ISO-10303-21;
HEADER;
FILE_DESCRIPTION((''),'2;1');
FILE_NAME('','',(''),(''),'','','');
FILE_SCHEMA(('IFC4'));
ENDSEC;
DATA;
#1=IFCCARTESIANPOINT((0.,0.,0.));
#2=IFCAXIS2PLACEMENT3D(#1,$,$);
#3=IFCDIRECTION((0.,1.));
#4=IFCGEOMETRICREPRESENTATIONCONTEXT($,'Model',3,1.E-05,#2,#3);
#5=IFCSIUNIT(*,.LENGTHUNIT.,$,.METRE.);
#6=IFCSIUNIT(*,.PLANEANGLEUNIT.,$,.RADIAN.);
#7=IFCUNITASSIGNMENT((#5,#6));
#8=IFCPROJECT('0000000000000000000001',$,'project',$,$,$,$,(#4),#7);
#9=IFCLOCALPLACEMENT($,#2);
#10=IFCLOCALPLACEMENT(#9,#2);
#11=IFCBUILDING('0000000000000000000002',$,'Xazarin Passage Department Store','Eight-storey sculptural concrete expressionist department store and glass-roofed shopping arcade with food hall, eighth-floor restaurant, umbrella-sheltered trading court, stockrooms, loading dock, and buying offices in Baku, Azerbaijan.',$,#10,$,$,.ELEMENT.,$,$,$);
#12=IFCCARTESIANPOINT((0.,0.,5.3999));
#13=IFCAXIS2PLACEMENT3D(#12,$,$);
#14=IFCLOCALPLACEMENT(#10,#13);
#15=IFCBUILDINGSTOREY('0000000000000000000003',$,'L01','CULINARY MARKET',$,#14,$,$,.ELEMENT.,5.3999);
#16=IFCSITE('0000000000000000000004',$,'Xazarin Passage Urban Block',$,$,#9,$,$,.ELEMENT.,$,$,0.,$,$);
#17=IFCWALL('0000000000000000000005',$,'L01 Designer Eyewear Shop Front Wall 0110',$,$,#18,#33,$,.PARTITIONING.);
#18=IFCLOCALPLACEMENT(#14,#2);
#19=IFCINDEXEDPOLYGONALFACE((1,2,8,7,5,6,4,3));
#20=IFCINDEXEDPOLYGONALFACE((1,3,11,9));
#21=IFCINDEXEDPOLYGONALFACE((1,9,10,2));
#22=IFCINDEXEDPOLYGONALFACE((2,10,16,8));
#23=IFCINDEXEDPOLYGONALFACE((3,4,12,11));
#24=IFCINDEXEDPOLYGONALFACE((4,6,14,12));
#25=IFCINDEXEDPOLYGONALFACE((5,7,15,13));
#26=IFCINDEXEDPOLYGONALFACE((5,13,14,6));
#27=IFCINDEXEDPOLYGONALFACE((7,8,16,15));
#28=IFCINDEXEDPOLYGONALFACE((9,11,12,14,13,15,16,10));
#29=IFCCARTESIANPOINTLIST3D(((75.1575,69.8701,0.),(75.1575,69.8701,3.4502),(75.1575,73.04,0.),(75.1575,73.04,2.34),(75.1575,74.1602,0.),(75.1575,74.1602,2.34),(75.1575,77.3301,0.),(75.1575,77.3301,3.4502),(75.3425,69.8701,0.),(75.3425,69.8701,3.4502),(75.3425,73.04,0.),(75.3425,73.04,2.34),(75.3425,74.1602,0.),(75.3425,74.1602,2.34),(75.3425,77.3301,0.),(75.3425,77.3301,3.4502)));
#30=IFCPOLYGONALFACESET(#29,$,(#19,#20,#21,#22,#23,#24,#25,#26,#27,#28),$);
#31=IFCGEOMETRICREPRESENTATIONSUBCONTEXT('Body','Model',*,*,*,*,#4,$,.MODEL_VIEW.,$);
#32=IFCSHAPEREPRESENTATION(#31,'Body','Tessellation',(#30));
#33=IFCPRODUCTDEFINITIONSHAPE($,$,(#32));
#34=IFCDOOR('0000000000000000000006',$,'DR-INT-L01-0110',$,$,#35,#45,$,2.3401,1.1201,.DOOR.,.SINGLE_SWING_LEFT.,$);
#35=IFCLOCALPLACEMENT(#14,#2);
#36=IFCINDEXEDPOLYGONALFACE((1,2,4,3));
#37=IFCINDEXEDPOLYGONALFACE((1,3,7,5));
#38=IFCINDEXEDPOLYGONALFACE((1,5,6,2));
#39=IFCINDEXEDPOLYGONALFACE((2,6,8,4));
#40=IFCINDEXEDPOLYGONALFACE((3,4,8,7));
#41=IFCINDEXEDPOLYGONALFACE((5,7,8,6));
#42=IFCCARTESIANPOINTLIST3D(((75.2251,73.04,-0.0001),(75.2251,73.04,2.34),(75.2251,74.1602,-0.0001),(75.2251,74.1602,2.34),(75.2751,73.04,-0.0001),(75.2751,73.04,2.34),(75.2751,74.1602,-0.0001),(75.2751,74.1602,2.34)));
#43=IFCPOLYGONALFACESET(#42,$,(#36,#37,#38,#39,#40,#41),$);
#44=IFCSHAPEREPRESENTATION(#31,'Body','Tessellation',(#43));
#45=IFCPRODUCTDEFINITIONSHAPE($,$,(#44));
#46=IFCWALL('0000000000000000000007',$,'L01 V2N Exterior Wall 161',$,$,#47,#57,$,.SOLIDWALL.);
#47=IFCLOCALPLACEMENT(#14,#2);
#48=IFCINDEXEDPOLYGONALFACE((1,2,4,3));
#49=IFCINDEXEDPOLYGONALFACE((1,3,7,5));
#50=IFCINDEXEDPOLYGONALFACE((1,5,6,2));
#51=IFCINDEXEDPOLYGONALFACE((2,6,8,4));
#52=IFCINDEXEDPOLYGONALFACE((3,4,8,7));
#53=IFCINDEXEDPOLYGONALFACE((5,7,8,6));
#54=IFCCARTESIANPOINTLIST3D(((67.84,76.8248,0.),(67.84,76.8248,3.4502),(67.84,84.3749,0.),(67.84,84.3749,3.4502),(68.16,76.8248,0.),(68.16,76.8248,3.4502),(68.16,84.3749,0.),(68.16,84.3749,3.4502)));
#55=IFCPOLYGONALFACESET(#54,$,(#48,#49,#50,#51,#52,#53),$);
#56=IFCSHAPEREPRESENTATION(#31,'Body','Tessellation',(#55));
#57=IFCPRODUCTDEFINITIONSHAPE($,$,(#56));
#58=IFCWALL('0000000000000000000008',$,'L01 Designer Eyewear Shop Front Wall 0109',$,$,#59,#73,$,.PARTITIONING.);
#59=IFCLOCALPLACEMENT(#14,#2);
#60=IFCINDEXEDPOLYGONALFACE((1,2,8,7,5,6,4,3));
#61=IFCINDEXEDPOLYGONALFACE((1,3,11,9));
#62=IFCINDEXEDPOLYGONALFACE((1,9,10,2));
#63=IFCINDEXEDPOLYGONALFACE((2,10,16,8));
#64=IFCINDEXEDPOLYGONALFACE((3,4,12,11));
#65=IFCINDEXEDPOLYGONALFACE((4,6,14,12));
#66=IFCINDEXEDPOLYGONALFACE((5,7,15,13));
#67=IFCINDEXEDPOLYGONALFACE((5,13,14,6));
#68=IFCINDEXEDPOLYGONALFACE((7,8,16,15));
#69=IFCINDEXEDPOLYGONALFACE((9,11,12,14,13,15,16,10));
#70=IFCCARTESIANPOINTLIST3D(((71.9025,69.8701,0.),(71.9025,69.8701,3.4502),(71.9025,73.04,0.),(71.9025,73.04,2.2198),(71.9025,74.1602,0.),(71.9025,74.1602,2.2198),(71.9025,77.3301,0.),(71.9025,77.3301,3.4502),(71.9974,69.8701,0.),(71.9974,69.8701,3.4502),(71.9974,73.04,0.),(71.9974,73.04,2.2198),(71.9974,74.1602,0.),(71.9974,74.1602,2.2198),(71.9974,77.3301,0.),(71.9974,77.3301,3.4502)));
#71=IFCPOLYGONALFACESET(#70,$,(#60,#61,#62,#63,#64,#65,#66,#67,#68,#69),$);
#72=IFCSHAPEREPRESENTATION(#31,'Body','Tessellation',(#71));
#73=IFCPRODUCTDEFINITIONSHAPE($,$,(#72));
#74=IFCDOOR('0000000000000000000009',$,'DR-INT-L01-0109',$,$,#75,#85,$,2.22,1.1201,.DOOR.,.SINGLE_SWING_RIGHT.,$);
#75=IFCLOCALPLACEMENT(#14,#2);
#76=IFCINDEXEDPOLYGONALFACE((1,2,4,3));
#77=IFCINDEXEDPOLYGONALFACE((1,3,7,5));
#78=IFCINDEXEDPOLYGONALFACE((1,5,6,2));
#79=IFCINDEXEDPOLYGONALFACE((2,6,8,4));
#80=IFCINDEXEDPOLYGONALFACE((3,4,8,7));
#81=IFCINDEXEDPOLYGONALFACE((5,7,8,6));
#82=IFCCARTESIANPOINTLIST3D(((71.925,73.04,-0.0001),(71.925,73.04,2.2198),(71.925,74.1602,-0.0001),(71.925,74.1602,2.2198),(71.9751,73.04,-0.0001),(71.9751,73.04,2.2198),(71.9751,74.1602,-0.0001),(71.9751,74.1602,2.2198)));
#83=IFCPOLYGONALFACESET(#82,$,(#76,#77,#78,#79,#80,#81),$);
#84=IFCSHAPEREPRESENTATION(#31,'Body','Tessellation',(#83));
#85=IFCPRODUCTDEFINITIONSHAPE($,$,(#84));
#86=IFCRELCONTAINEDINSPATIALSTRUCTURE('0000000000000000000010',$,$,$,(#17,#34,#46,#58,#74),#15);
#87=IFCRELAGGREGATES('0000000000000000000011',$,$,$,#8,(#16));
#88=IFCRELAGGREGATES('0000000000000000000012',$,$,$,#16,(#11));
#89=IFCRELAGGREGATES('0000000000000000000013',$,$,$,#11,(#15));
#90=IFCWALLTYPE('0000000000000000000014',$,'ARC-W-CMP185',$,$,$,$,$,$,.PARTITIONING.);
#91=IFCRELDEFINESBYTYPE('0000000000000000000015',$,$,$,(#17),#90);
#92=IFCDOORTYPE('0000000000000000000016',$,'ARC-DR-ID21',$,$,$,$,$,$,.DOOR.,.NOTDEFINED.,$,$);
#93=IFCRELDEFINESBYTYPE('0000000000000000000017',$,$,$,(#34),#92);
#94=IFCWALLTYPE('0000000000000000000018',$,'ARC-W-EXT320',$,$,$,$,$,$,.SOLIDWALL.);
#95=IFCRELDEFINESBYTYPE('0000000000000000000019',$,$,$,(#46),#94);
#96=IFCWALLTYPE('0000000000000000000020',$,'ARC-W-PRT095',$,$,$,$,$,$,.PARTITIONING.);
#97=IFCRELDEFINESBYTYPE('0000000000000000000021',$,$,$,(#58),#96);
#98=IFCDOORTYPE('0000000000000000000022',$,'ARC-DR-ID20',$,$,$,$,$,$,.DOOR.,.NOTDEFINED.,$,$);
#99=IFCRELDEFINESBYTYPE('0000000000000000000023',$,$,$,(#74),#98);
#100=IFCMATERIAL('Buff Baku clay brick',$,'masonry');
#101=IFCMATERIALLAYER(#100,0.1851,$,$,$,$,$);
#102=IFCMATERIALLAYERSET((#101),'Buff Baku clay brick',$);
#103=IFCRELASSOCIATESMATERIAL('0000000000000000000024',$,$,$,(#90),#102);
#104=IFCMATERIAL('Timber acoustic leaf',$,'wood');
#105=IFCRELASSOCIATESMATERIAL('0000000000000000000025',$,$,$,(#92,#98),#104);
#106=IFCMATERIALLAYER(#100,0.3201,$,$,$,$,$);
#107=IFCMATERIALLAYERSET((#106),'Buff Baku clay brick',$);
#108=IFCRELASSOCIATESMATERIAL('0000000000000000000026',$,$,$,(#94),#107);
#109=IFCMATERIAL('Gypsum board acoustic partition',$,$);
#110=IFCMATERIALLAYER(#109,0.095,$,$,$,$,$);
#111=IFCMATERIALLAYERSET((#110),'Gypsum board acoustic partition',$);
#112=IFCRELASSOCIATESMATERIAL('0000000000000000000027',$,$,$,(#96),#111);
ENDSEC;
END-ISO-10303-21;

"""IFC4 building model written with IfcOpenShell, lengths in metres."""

from ifc_helpers import new_model, si_unit, direction, frame, frame_2d, origin, place, context, subcontext, project, spatial, rectangle, extrude, material, layer, layer_set, type_object, element, fill, save


model = new_model("IFC4")

# Units and contexts
model_context = context("Model", 3, precision=1e-05, world=origin(), true_north=direction((0.0, 1.0)))
body_context = subcontext(model_context, "Body", "Model", "MODEL_VIEW")
ifc_project = project(units=[si_unit("LENGTHUNIT", "METRE"), si_unit("PLANEANGLEUNIT", "RADIAN")], contexts=[model_context])

# Site, building, storey
site_placement = place(None, origin())
site = spatial("IfcSite", under=ifc_project, at=site_placement, Name="Xazarin Passage Urban Block", CompositionType="ELEMENT", RefElevation=0.0)
building_placement = place(site_placement, origin())
building = spatial("IfcBuilding", under=site, at=building_placement, Name="Xazarin Passage Department Store", Description="Eight-storey sculptural concrete expressionist department store and glass-roofed shopping arcade with food hall, eighth-floor restaurant, umbrella-sheltered trading court, stockrooms, loading dock, and buying offices in Baku, Azerbaijan.", CompositionType="ELEMENT")
storey_placement = place(building_placement, frame((0.0, 0.0, 5.3999)))
storey = spatial("IfcBuildingStorey", under=building, at=storey_placement, Name="L01", Description="CULINARY MARKET", CompositionType="ELEMENT", Elevation=5.3999)

# Wall, opening, door
ifc_material_1 = material(Name="Buff Baku clay brick", Category="masonry")
ifc_layer_1 = layer(ifc_material_1, 0.1851)
ifc_layer_set_1 = layer_set([ifc_layer_1], Name="Buff Baku clay brick")
wall_type_1 = type_object("IfcWallType", Name="ARC-W-CMP185", PredefinedType="PARTITIONING", material=ifc_layer_set_1)
wall_1_placement = place(storey_placement, frame((75.25, 69.8701, 0.0), z_axis=(0.0, 0.0, 1.0), x_axis=(0.0, 1.0, 0.0)))
wall_1 = element("IfcWall", 1, at=wall_1_placement, inside=storey, type_object=wall_type_1, Name="L01 Designer Eyewear Shop Front Wall 0110", PredefinedType="PARTITIONING", context=body_context, shape_type="SweptSolid", body=[
    extrude(rectangle(XDim=7.46, YDim=0.1851, at=frame_2d((3.73, 0.0))), origin(), (0.0, 0.0, 1.0), 3.4502),
])
opening_1_placement = place(wall_1_placement, frame((3.1699, 0.0, 0.0)))
opening_1 = element("IfcOpeningElement", 2, at=opening_1_placement, cuts=wall_1, PredefinedType="OPENING", context=body_context, shape_type="SweptSolid", body=[
    extrude(rectangle(XDim=1.1201, YDim=2.3401, at=frame_2d((0.5601, 1.1699))), frame((0.0, 0.1025, 0.0), z_axis=(0.0, -1.0, 0.0), x_axis=(1.0, 0.0, 0.0)), (0.0, 0.0, 1.0), 0.2051),
])
ifc_material_2 = material(Name="Timber acoustic leaf", Category="wood")
door_type_1 = type_object("IfcDoorType", Name="ARC-DR-ID21", OperationType="NOTDEFINED", PredefinedType="DOOR", material=ifc_material_2)
door_1_placement = place(opening_1_placement, origin())
door_1 = element("IfcDoor", 3, at=door_1_placement, inside=storey, type_object=door_type_1, Name="DR-INT-L01-0110", OperationType="SINGLE_SWING_LEFT", OverallHeight=2.3401, OverallWidth=1.1201, PredefinedType="DOOR", context=body_context, shape_type="SweptSolid", body=[
    extrude(rectangle(XDim=1.1201, YDim=2.3401, at=frame_2d((0.5601, 1.1699))), frame((0.0, 0.0249, 0.0), z_axis=(0.0, -1.0, 0.0), x_axis=(1.0, 0.0, 0.0)), (0.0, 0.0, 1.0), 0.05),
])
fill(opening_1, door_1)

# Wall
ifc_layer_2 = layer(ifc_material_1, 0.3201)
ifc_layer_set_2 = layer_set([ifc_layer_2], Name="Buff Baku clay brick")
wall_type_2 = type_object("IfcWallType", Name="ARC-W-EXT320", PredefinedType="SOLIDWALL", material=ifc_layer_set_2)
wall_2_placement = place(storey_placement, frame((68.0, 76.825, 0.0), z_axis=(0.0, 0.0, 1.0), x_axis=(0.0, 1.0, 0.0)))
element("IfcWall", 4, at=wall_2_placement, inside=storey, type_object=wall_type_2, Name="L01 V2N Exterior Wall 161", PredefinedType="SOLIDWALL", context=body_context, shape_type="SweptSolid", body=[
    extrude(rectangle(XDim=7.55, YDim=0.3201, at=frame_2d((3.7749, 0.0))), origin(), (0.0, 0.0, 1.0), 3.4502),
])

# Wall, opening, door
ifc_material_3 = material(Name="Gypsum board acoustic partition")
ifc_layer_3 = layer(ifc_material_3, 0.095)
ifc_layer_set_3 = layer_set([ifc_layer_3], Name="Gypsum board acoustic partition")
wall_type_3 = type_object("IfcWallType", Name="ARC-W-PRT095", PredefinedType="PARTITIONING", material=ifc_layer_set_3)
wall_3_placement = place(storey_placement, frame((71.95, 69.8701, 0.0), z_axis=(0.0, 0.0, 1.0), x_axis=(0.0, 1.0, 0.0)))
wall_3 = element("IfcWall", 5, at=wall_3_placement, inside=storey, type_object=wall_type_3, Name="L01 Designer Eyewear Shop Front Wall 0109", PredefinedType="PARTITIONING", context=body_context, shape_type="SweptSolid", body=[
    extrude(rectangle(XDim=7.46, YDim=0.095, at=frame_2d((3.73, 0.0))), origin(), (0.0, 0.0, 1.0), 3.4502),
])
opening_2_placement = place(wall_3_placement, frame((3.1699, 0.0, 0.0)))
opening_2 = element("IfcOpeningElement", 6, at=opening_2_placement, cuts=wall_3, PredefinedType="OPENING", context=body_context, shape_type="SweptSolid", body=[
    extrude(rectangle(XDim=1.1201, YDim=2.22, at=frame_2d((0.5601, 1.1099))), frame((0.0, 0.0574, 0.0), z_axis=(0.0, -1.0, 0.0), x_axis=(1.0, 0.0, 0.0)), (0.0, 0.0, 1.0), 0.115),
])
door_type_2 = type_object("IfcDoorType", Name="ARC-DR-ID20", OperationType="NOTDEFINED", PredefinedType="DOOR", material=ifc_material_2)
door_2_placement = place(opening_2_placement, origin())
door_2 = element("IfcDoor", 7, at=door_2_placement, inside=storey, type_object=door_type_2, Name="DR-INT-L01-0109", OperationType="SINGLE_SWING_RIGHT", OverallHeight=2.22, OverallWidth=1.1201, PredefinedType="DOOR", context=body_context, shape_type="SweptSolid", body=[
    extrude(rectangle(XDim=1.1201, YDim=2.22, at=frame_2d((0.5601, 1.1099))), frame((0.0, 0.0249, 0.0), z_axis=(0.0, -1.0, 0.0), x_axis=(1.0, 0.0, 0.0)), (0.0, 0.0, 1.0), 0.05),
])
fill(opening_2, door_2)

save(model, "model.ifc")
